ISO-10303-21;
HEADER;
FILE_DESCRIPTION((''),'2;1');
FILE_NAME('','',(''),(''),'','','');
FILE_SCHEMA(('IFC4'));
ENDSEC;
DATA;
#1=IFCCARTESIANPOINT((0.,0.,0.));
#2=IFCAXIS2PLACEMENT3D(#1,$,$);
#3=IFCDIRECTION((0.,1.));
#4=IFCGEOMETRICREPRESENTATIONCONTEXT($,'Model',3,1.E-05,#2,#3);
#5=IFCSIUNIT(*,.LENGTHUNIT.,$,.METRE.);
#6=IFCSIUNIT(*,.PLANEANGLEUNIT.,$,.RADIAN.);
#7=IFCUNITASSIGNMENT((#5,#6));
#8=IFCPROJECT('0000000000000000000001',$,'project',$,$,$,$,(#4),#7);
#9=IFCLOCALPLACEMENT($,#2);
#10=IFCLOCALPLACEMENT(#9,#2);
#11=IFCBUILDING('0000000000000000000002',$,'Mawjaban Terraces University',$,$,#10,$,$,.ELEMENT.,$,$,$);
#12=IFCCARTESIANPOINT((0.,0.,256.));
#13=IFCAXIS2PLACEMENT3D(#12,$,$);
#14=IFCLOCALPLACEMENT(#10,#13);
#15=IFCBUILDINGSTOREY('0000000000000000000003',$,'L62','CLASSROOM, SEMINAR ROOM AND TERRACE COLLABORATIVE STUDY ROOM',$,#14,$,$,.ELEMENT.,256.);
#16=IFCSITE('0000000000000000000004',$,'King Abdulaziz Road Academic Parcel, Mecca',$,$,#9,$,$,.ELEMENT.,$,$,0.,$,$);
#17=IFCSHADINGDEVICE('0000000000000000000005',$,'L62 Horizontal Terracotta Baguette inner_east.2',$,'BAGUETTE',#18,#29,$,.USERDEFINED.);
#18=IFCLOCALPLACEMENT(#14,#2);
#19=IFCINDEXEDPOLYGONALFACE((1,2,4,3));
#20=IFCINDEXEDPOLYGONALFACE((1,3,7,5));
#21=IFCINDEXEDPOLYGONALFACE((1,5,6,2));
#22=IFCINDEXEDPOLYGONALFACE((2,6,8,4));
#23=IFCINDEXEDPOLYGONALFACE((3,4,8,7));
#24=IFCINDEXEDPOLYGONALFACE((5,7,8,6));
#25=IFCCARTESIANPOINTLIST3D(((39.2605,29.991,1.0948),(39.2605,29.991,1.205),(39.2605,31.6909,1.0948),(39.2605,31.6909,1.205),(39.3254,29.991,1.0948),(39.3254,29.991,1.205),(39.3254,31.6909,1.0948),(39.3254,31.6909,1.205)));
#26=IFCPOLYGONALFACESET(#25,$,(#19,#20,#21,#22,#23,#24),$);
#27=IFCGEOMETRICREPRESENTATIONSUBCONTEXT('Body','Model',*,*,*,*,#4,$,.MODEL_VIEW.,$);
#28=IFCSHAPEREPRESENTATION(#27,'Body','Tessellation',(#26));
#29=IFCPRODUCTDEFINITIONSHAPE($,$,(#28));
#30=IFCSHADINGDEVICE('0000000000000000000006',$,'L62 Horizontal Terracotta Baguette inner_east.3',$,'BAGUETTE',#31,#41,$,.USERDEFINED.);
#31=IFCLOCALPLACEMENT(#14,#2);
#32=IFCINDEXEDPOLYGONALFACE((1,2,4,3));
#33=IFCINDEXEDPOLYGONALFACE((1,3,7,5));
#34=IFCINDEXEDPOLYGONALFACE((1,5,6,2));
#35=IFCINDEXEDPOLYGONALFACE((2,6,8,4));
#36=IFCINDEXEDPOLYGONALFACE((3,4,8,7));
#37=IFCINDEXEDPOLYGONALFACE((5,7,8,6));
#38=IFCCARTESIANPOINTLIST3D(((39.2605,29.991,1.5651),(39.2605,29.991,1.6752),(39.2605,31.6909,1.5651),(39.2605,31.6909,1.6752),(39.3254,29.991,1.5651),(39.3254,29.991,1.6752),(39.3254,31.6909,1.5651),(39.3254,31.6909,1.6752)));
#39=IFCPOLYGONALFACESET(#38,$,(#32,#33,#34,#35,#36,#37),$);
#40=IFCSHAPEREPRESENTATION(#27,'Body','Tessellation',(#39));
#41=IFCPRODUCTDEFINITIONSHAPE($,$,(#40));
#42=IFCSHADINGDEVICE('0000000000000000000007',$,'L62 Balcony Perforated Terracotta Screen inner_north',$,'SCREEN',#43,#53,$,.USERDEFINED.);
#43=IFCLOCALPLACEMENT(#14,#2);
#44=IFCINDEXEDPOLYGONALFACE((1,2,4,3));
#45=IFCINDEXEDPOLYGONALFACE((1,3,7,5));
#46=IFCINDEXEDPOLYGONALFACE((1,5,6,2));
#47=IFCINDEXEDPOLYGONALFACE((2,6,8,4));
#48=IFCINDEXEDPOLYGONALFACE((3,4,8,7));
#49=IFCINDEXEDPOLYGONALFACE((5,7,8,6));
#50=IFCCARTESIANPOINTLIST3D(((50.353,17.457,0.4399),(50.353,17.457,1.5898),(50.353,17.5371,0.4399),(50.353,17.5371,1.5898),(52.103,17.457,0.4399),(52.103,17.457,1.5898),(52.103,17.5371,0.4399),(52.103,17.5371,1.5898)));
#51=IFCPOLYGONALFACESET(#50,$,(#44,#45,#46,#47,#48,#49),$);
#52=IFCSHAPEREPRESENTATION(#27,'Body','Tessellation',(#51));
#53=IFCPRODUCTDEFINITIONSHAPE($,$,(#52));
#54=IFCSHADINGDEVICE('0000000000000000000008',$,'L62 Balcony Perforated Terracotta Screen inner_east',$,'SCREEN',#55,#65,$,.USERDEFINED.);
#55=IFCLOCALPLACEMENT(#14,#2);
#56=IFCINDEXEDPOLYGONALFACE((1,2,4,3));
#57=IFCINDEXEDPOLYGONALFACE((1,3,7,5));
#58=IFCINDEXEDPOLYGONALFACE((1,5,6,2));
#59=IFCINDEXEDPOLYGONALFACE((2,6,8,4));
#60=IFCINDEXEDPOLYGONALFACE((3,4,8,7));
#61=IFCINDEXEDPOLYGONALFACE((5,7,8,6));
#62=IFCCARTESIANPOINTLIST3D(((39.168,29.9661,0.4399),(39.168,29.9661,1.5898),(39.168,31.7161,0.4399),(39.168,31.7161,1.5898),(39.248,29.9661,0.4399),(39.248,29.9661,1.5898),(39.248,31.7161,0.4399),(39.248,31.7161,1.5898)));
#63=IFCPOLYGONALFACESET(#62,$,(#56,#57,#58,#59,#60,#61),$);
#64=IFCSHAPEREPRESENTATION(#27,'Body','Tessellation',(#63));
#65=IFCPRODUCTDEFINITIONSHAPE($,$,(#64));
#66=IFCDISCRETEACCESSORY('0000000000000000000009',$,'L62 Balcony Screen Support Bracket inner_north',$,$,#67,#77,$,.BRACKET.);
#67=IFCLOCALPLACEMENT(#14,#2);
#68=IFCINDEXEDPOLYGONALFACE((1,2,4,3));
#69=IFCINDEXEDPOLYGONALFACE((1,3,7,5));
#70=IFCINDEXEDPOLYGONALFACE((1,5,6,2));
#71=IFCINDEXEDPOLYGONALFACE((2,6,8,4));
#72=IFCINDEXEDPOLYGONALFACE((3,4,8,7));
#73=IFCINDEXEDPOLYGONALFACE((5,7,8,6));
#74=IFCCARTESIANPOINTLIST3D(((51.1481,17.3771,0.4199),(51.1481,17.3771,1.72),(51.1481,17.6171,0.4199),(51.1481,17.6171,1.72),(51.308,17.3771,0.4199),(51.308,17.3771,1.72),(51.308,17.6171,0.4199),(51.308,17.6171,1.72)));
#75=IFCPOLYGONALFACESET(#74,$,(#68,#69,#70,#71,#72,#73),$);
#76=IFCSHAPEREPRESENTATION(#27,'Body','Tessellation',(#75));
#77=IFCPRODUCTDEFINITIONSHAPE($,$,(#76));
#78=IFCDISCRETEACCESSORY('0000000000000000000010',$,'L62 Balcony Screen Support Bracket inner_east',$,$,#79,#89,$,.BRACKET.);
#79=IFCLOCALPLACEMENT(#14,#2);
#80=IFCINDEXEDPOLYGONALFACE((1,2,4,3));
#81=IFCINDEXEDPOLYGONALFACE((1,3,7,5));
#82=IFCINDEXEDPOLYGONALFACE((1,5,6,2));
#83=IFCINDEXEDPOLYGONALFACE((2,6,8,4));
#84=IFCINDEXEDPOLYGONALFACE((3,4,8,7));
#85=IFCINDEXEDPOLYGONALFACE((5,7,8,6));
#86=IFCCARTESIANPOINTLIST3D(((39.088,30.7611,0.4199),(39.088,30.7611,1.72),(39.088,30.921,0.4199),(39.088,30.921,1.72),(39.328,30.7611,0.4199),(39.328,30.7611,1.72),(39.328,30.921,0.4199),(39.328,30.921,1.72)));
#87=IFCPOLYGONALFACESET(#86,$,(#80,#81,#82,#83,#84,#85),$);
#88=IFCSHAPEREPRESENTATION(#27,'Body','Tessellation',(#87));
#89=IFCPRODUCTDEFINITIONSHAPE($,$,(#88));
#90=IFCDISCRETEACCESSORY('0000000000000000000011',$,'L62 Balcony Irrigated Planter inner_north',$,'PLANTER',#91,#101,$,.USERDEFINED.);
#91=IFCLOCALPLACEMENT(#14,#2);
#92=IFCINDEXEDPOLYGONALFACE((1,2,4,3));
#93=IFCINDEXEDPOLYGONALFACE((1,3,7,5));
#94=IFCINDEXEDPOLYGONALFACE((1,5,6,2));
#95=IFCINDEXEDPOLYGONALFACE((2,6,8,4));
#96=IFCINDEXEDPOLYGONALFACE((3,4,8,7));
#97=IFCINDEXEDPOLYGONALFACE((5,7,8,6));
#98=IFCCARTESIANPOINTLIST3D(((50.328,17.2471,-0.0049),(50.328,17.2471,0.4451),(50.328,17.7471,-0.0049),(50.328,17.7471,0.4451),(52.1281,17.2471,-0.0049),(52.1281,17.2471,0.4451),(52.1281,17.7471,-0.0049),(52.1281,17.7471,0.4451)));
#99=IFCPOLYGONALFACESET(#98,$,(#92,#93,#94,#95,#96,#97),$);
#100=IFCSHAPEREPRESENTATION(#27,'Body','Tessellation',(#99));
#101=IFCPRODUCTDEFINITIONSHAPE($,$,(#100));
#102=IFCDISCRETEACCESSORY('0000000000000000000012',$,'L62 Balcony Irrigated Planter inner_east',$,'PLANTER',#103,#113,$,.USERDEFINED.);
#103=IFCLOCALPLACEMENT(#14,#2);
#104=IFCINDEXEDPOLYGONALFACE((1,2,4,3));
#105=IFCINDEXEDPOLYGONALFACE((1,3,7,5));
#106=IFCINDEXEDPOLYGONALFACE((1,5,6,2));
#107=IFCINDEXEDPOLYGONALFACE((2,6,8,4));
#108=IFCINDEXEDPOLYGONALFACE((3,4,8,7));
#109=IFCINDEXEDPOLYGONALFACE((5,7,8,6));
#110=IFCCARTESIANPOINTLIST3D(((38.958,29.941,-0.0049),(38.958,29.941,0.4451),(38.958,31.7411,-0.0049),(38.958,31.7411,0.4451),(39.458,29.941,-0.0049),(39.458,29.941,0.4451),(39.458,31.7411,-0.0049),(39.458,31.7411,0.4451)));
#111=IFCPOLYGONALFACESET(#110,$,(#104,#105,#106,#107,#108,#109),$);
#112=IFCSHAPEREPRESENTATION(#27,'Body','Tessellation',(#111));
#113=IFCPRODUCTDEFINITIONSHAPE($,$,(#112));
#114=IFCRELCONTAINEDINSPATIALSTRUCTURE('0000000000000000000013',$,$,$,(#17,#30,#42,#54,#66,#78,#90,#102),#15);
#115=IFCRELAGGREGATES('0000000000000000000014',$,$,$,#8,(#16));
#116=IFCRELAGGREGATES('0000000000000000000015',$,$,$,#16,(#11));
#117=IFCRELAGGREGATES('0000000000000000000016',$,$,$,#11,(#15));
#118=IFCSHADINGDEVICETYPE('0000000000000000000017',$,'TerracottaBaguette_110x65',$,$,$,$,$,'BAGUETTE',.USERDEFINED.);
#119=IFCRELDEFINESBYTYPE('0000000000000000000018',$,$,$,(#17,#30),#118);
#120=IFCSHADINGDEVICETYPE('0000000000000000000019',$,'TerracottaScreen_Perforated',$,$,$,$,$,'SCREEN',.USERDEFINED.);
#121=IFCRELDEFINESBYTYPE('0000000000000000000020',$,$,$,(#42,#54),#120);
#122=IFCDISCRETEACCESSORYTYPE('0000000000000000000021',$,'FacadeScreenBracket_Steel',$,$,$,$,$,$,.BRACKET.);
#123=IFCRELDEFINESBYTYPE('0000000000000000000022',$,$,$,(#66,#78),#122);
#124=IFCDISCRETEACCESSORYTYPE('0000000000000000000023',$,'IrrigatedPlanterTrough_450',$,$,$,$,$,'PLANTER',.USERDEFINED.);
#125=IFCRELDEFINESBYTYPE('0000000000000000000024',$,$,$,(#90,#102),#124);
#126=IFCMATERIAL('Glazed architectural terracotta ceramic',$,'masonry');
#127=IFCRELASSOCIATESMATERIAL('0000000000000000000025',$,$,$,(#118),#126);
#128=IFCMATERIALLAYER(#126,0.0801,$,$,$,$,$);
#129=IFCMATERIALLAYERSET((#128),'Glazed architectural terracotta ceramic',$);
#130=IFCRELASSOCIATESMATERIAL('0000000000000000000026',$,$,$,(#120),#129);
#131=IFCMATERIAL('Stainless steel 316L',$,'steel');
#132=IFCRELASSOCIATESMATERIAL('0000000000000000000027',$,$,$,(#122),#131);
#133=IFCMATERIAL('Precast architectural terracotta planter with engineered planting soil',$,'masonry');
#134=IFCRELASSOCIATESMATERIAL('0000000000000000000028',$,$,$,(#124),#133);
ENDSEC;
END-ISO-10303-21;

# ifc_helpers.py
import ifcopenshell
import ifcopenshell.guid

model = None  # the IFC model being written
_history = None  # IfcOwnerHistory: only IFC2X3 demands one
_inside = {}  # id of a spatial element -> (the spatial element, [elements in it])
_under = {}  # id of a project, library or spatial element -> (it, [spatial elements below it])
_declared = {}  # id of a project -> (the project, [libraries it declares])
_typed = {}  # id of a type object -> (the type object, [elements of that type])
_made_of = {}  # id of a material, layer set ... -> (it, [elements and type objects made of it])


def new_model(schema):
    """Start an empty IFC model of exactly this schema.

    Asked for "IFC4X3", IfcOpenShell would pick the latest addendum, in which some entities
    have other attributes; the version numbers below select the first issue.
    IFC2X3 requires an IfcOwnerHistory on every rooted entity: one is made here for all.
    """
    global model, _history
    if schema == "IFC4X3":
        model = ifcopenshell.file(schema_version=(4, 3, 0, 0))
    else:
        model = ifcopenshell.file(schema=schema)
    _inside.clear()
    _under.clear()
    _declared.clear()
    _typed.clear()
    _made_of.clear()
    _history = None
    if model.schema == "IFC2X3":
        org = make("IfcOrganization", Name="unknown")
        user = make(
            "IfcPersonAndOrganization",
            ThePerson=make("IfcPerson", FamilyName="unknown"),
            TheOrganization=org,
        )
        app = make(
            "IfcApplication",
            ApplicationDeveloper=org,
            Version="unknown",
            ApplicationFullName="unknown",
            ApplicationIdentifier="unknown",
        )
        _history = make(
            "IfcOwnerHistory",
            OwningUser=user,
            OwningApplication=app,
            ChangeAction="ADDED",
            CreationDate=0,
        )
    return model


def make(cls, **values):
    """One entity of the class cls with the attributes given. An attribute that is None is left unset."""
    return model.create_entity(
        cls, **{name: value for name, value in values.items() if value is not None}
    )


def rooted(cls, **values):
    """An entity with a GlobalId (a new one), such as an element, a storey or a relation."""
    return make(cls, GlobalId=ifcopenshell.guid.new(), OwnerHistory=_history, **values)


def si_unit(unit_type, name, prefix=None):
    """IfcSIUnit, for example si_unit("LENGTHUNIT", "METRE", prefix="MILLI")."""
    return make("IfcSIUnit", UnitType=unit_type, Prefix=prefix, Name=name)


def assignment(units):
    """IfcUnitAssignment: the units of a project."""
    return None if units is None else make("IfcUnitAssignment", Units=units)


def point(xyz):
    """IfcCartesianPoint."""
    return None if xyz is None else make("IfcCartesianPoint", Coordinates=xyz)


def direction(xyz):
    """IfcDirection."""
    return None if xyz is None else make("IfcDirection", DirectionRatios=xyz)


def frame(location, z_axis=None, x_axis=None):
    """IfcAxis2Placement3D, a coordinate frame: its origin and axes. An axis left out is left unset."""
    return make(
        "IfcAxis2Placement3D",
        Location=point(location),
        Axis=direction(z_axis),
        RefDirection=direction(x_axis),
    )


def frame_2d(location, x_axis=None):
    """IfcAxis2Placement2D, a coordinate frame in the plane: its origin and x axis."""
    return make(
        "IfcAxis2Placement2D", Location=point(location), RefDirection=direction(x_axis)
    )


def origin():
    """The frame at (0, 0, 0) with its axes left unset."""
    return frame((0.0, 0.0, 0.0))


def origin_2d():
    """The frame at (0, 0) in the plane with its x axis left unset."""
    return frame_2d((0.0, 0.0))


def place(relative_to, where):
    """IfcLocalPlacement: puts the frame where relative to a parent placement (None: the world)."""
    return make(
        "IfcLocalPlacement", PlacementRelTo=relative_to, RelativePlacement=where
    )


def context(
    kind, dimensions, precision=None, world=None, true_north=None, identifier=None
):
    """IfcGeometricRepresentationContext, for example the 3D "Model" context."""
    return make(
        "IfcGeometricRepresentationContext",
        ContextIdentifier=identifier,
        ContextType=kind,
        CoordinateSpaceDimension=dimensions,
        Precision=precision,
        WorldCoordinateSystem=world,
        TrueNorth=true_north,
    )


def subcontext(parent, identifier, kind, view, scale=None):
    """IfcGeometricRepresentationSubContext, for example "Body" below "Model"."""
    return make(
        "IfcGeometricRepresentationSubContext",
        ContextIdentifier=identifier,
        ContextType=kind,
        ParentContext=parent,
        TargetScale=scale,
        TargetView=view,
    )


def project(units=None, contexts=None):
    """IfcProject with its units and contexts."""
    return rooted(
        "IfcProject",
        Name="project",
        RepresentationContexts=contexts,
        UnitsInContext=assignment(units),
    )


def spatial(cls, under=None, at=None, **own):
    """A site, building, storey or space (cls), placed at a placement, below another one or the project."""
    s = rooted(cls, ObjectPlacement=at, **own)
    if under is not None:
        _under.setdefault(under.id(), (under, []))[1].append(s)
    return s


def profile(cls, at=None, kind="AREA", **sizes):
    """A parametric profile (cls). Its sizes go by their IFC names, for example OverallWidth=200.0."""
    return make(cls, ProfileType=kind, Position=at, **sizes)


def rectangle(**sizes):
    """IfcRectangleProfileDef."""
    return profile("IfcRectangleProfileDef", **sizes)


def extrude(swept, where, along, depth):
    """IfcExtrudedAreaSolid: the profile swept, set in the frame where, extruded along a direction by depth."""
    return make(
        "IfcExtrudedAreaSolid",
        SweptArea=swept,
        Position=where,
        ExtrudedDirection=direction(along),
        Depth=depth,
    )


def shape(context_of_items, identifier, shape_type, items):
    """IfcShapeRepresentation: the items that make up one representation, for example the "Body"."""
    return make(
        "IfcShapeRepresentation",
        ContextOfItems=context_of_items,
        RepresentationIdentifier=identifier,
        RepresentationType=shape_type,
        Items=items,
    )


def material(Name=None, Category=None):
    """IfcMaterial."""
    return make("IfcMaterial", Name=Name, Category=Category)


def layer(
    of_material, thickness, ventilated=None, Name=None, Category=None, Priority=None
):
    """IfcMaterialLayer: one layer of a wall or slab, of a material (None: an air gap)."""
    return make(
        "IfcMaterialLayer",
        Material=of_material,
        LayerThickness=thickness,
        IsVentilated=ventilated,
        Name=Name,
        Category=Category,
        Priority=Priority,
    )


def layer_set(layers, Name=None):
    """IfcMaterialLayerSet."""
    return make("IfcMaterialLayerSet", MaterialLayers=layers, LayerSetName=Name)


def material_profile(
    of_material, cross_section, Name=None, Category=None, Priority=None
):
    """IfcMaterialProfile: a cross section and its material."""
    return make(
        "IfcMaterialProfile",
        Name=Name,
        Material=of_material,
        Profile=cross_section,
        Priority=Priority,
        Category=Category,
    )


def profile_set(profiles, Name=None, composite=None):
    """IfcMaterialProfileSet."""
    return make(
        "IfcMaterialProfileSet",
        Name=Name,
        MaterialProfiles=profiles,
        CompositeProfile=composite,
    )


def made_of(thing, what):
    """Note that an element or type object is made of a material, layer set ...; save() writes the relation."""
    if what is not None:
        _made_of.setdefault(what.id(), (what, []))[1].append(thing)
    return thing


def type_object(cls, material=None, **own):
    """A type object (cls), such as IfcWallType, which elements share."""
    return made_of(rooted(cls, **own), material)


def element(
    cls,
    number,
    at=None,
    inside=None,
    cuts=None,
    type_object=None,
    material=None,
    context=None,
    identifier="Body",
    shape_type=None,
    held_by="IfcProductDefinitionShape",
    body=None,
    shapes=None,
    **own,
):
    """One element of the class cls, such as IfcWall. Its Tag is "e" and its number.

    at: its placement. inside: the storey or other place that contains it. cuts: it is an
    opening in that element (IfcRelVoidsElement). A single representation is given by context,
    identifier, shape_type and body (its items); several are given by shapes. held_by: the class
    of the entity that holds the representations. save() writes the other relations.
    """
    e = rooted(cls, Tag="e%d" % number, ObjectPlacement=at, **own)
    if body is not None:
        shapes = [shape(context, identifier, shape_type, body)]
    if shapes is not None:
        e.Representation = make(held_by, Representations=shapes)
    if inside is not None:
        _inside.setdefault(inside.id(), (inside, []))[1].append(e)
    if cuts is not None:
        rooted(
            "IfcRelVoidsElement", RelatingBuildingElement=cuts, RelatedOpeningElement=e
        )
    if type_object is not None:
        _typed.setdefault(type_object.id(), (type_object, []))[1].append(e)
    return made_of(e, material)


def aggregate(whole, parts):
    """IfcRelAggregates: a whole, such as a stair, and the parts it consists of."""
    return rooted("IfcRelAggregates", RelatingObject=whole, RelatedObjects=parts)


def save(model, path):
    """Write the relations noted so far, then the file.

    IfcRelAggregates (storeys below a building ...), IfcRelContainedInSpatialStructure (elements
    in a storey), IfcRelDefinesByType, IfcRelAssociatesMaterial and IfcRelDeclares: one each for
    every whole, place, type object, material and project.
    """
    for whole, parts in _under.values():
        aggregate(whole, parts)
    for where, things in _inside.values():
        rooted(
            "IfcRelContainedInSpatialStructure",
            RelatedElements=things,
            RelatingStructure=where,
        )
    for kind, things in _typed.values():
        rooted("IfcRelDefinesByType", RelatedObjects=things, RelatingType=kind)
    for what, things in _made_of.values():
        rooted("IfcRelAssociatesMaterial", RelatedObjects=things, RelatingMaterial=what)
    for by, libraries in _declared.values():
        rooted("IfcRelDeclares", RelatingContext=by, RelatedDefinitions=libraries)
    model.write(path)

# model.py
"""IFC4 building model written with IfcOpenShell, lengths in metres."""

from ifc_helpers import new_model, si_unit, direction, frame, origin, origin_2d, place, context, subcontext, project, spatial, rectangle, extrude, material, layer, layer_set, material_profile, profile_set, type_object, element, save


model = new_model("IFC4")

# Units and contexts
model_context = context("Model", 3, precision=1e-05, world=origin(), true_north=direction((0.0, 1.0)))
body_context = subcontext(model_context, "Body", "Model", "MODEL_VIEW")
ifc_project = project(units=[si_unit("LENGTHUNIT", "METRE"), si_unit("PLANEANGLEUNIT", "RADIAN")], contexts=[model_context])

# Site, building, storey
site_placement = place(None, origin())
site = spatial("IfcSite", under=ifc_project, at=site_placement, Name="King Abdulaziz Road Academic Parcel, Mecca", CompositionType="ELEMENT", RefElevation=0.0)
building_placement = place(site_placement, origin())
building = spatial("IfcBuilding", under=site, at=building_placement, Name="Mawjaban Terraces University", CompositionType="ELEMENT")
storey_placement = place(building_placement, frame((0.0, 0.0, 256.0)))
storey = spatial("IfcBuildingStorey", under=building, at=storey_placement, Name="L62", Description="CLASSROOM, SEMINAR ROOM AND TERRACE COLLABORATIVE STUDY ROOM", CompositionType="ELEMENT", Elevation=256.0)

# Shading devices
ifc_material_1 = material(Name="Glazed architectural terracotta ceramic", Category="masonry")
ifc_material_profile_1 = material_profile(ifc_material_1, rectangle(XDim=0.0649, YDim=0.1101, at=origin_2d()), Name="TBAG110X65")
ifc_profile_set_1 = profile_set([ifc_material_profile_1], Name="Glazed architectural terracotta ceramic")
shading_device_type_1 = type_object("IfcShadingDeviceType", Name="TerracottaBaguette_110x65", ElementType="BAGUETTE", PredefinedType="USERDEFINED", material=ifc_profile_set_1)
for number, where, z_axis, x_axis, name in (
    (1, (39.293, 29.991, 1.1499), (0.0, 1.0, 0.0), (-1.0, 0.0, 0.0), "L62 Horizontal Terracotta Baguette inner_east.2"),
    (2, (39.293, 29.991, 1.6201), (0.0, 1.0, 0.0), (-1.0, 0.0, 0.0), "L62 Horizontal Terracotta Baguette inner_east.3"),
):
    element("IfcShadingDevice", number, at=place(storey_placement, frame(where, z_axis=z_axis, x_axis=x_axis)), inside=storey, type_object=shading_device_type_1, Name=name, ObjectType="BAGUETTE", PredefinedType="USERDEFINED", context=body_context, shape_type="SweptSolid", body=[
        extrude(rectangle(XDim=0.0649, YDim=0.1101, at=origin_2d()), origin(), (0.0, 0.0, 1.0), 1.7),
    ])
ifc_layer_1 = layer(ifc_material_1, 0.0801)
ifc_layer_set_1 = layer_set([ifc_layer_1], Name="Glazed architectural terracotta ceramic")
shading_device_type_2 = type_object("IfcShadingDeviceType", Name="TerracottaScreen_Perforated", ElementType="SCREEN", PredefinedType="USERDEFINED", material=ifc_layer_set_1)
for number, where, z_axis, x_axis, name in (
    (3, (51.228, 17.4971, 0.4399), (0.0, 0.0, 1.0), (1.0, 0.0, 0.0), "L62 Balcony Perforated Terracotta Screen inner_north"),
    (4, (39.208, 30.8411, 0.4399), (0.0, 0.0, 1.0), (0.0, 1.0, 0.0), "L62 Balcony Perforated Terracotta Screen inner_east"),
):
    element("IfcShadingDevice", number, at=place(storey_placement, frame(where, z_axis=z_axis, x_axis=x_axis)), inside=storey, type_object=shading_device_type_2, Name=name, ObjectType="SCREEN", PredefinedType="USERDEFINED", context=body_context, shape_type="SweptSolid", body=[
        extrude(rectangle(XDim=1.75, YDim=0.0801, at=origin_2d()), origin(), (0.0, 0.0, 1.0), 1.1499),
    ])

# Discrete accessories
ifc_material_2 = material(Name="Stainless steel 316L", Category="steel")
discrete_accessory_type_1 = type_object("IfcDiscreteAccessoryType", Name="FacadeScreenBracket_Steel", PredefinedType="BRACKET", material=ifc_material_2)
for number, where, z_axis, x_axis, name in (
    (5, (51.228, 17.4971, 0.4199), (0.0, 0.0, 1.0), (1.0, 0.0, 0.0), "L62 Balcony Screen Support Bracket inner_north"),
    (6, (39.208, 30.8411, 0.4199), (0.0, 0.0, 1.0), (0.0, 1.0, 0.0), "L62 Balcony Screen Support Bracket inner_east"),
):
    element("IfcDiscreteAccessory", number, at=place(storey_placement, frame(where, z_axis=z_axis, x_axis=x_axis)), inside=storey, type_object=discrete_accessory_type_1, Name=name, PredefinedType="BRACKET", context=body_context, shape_type="SweptSolid", body=[
        extrude(rectangle(XDim=0.1599, YDim=0.24, at=origin_2d()), origin(), (0.0, 0.0, 1.0), 1.3),
    ])
ifc_material_3 = material(Name="Precast architectural terracotta planter with engineered planting soil", Category="masonry")
discrete_accessory_type_2 = type_object("IfcDiscreteAccessoryType", Name="IrrigatedPlanterTrough_450", ElementType="PLANTER", PredefinedType="USERDEFINED", material=ifc_material_3)
for number, where, z_axis, x_axis, name in (
    (7, (51.228, 17.4971, -0.0049), (0.0, 0.0, 1.0), (1.0, 0.0, 0.0), "L62 Balcony Irrigated Planter inner_north"),
    (8, (39.208, 30.8411, -0.0049), (0.0, 0.0, 1.0), (0.0, 1.0, 0.0), "L62 Balcony Irrigated Planter inner_east"),
):
    element("IfcDiscreteAccessory", number, at=place(storey_placement, frame(where, z_axis=z_axis, x_axis=x_axis)), inside=storey, type_object=discrete_accessory_type_2, Name=name, ObjectType="PLANTER", PredefinedType="USERDEFINED", context=body_context, shape_type="SweptSolid", body=[
        extrude(rectangle(XDim=1.8, YDim=0.5, at=origin_2d()), origin(), (0.0, 0.0, 1.0), 0.45),
    ])

save(model, "model.ifc")
